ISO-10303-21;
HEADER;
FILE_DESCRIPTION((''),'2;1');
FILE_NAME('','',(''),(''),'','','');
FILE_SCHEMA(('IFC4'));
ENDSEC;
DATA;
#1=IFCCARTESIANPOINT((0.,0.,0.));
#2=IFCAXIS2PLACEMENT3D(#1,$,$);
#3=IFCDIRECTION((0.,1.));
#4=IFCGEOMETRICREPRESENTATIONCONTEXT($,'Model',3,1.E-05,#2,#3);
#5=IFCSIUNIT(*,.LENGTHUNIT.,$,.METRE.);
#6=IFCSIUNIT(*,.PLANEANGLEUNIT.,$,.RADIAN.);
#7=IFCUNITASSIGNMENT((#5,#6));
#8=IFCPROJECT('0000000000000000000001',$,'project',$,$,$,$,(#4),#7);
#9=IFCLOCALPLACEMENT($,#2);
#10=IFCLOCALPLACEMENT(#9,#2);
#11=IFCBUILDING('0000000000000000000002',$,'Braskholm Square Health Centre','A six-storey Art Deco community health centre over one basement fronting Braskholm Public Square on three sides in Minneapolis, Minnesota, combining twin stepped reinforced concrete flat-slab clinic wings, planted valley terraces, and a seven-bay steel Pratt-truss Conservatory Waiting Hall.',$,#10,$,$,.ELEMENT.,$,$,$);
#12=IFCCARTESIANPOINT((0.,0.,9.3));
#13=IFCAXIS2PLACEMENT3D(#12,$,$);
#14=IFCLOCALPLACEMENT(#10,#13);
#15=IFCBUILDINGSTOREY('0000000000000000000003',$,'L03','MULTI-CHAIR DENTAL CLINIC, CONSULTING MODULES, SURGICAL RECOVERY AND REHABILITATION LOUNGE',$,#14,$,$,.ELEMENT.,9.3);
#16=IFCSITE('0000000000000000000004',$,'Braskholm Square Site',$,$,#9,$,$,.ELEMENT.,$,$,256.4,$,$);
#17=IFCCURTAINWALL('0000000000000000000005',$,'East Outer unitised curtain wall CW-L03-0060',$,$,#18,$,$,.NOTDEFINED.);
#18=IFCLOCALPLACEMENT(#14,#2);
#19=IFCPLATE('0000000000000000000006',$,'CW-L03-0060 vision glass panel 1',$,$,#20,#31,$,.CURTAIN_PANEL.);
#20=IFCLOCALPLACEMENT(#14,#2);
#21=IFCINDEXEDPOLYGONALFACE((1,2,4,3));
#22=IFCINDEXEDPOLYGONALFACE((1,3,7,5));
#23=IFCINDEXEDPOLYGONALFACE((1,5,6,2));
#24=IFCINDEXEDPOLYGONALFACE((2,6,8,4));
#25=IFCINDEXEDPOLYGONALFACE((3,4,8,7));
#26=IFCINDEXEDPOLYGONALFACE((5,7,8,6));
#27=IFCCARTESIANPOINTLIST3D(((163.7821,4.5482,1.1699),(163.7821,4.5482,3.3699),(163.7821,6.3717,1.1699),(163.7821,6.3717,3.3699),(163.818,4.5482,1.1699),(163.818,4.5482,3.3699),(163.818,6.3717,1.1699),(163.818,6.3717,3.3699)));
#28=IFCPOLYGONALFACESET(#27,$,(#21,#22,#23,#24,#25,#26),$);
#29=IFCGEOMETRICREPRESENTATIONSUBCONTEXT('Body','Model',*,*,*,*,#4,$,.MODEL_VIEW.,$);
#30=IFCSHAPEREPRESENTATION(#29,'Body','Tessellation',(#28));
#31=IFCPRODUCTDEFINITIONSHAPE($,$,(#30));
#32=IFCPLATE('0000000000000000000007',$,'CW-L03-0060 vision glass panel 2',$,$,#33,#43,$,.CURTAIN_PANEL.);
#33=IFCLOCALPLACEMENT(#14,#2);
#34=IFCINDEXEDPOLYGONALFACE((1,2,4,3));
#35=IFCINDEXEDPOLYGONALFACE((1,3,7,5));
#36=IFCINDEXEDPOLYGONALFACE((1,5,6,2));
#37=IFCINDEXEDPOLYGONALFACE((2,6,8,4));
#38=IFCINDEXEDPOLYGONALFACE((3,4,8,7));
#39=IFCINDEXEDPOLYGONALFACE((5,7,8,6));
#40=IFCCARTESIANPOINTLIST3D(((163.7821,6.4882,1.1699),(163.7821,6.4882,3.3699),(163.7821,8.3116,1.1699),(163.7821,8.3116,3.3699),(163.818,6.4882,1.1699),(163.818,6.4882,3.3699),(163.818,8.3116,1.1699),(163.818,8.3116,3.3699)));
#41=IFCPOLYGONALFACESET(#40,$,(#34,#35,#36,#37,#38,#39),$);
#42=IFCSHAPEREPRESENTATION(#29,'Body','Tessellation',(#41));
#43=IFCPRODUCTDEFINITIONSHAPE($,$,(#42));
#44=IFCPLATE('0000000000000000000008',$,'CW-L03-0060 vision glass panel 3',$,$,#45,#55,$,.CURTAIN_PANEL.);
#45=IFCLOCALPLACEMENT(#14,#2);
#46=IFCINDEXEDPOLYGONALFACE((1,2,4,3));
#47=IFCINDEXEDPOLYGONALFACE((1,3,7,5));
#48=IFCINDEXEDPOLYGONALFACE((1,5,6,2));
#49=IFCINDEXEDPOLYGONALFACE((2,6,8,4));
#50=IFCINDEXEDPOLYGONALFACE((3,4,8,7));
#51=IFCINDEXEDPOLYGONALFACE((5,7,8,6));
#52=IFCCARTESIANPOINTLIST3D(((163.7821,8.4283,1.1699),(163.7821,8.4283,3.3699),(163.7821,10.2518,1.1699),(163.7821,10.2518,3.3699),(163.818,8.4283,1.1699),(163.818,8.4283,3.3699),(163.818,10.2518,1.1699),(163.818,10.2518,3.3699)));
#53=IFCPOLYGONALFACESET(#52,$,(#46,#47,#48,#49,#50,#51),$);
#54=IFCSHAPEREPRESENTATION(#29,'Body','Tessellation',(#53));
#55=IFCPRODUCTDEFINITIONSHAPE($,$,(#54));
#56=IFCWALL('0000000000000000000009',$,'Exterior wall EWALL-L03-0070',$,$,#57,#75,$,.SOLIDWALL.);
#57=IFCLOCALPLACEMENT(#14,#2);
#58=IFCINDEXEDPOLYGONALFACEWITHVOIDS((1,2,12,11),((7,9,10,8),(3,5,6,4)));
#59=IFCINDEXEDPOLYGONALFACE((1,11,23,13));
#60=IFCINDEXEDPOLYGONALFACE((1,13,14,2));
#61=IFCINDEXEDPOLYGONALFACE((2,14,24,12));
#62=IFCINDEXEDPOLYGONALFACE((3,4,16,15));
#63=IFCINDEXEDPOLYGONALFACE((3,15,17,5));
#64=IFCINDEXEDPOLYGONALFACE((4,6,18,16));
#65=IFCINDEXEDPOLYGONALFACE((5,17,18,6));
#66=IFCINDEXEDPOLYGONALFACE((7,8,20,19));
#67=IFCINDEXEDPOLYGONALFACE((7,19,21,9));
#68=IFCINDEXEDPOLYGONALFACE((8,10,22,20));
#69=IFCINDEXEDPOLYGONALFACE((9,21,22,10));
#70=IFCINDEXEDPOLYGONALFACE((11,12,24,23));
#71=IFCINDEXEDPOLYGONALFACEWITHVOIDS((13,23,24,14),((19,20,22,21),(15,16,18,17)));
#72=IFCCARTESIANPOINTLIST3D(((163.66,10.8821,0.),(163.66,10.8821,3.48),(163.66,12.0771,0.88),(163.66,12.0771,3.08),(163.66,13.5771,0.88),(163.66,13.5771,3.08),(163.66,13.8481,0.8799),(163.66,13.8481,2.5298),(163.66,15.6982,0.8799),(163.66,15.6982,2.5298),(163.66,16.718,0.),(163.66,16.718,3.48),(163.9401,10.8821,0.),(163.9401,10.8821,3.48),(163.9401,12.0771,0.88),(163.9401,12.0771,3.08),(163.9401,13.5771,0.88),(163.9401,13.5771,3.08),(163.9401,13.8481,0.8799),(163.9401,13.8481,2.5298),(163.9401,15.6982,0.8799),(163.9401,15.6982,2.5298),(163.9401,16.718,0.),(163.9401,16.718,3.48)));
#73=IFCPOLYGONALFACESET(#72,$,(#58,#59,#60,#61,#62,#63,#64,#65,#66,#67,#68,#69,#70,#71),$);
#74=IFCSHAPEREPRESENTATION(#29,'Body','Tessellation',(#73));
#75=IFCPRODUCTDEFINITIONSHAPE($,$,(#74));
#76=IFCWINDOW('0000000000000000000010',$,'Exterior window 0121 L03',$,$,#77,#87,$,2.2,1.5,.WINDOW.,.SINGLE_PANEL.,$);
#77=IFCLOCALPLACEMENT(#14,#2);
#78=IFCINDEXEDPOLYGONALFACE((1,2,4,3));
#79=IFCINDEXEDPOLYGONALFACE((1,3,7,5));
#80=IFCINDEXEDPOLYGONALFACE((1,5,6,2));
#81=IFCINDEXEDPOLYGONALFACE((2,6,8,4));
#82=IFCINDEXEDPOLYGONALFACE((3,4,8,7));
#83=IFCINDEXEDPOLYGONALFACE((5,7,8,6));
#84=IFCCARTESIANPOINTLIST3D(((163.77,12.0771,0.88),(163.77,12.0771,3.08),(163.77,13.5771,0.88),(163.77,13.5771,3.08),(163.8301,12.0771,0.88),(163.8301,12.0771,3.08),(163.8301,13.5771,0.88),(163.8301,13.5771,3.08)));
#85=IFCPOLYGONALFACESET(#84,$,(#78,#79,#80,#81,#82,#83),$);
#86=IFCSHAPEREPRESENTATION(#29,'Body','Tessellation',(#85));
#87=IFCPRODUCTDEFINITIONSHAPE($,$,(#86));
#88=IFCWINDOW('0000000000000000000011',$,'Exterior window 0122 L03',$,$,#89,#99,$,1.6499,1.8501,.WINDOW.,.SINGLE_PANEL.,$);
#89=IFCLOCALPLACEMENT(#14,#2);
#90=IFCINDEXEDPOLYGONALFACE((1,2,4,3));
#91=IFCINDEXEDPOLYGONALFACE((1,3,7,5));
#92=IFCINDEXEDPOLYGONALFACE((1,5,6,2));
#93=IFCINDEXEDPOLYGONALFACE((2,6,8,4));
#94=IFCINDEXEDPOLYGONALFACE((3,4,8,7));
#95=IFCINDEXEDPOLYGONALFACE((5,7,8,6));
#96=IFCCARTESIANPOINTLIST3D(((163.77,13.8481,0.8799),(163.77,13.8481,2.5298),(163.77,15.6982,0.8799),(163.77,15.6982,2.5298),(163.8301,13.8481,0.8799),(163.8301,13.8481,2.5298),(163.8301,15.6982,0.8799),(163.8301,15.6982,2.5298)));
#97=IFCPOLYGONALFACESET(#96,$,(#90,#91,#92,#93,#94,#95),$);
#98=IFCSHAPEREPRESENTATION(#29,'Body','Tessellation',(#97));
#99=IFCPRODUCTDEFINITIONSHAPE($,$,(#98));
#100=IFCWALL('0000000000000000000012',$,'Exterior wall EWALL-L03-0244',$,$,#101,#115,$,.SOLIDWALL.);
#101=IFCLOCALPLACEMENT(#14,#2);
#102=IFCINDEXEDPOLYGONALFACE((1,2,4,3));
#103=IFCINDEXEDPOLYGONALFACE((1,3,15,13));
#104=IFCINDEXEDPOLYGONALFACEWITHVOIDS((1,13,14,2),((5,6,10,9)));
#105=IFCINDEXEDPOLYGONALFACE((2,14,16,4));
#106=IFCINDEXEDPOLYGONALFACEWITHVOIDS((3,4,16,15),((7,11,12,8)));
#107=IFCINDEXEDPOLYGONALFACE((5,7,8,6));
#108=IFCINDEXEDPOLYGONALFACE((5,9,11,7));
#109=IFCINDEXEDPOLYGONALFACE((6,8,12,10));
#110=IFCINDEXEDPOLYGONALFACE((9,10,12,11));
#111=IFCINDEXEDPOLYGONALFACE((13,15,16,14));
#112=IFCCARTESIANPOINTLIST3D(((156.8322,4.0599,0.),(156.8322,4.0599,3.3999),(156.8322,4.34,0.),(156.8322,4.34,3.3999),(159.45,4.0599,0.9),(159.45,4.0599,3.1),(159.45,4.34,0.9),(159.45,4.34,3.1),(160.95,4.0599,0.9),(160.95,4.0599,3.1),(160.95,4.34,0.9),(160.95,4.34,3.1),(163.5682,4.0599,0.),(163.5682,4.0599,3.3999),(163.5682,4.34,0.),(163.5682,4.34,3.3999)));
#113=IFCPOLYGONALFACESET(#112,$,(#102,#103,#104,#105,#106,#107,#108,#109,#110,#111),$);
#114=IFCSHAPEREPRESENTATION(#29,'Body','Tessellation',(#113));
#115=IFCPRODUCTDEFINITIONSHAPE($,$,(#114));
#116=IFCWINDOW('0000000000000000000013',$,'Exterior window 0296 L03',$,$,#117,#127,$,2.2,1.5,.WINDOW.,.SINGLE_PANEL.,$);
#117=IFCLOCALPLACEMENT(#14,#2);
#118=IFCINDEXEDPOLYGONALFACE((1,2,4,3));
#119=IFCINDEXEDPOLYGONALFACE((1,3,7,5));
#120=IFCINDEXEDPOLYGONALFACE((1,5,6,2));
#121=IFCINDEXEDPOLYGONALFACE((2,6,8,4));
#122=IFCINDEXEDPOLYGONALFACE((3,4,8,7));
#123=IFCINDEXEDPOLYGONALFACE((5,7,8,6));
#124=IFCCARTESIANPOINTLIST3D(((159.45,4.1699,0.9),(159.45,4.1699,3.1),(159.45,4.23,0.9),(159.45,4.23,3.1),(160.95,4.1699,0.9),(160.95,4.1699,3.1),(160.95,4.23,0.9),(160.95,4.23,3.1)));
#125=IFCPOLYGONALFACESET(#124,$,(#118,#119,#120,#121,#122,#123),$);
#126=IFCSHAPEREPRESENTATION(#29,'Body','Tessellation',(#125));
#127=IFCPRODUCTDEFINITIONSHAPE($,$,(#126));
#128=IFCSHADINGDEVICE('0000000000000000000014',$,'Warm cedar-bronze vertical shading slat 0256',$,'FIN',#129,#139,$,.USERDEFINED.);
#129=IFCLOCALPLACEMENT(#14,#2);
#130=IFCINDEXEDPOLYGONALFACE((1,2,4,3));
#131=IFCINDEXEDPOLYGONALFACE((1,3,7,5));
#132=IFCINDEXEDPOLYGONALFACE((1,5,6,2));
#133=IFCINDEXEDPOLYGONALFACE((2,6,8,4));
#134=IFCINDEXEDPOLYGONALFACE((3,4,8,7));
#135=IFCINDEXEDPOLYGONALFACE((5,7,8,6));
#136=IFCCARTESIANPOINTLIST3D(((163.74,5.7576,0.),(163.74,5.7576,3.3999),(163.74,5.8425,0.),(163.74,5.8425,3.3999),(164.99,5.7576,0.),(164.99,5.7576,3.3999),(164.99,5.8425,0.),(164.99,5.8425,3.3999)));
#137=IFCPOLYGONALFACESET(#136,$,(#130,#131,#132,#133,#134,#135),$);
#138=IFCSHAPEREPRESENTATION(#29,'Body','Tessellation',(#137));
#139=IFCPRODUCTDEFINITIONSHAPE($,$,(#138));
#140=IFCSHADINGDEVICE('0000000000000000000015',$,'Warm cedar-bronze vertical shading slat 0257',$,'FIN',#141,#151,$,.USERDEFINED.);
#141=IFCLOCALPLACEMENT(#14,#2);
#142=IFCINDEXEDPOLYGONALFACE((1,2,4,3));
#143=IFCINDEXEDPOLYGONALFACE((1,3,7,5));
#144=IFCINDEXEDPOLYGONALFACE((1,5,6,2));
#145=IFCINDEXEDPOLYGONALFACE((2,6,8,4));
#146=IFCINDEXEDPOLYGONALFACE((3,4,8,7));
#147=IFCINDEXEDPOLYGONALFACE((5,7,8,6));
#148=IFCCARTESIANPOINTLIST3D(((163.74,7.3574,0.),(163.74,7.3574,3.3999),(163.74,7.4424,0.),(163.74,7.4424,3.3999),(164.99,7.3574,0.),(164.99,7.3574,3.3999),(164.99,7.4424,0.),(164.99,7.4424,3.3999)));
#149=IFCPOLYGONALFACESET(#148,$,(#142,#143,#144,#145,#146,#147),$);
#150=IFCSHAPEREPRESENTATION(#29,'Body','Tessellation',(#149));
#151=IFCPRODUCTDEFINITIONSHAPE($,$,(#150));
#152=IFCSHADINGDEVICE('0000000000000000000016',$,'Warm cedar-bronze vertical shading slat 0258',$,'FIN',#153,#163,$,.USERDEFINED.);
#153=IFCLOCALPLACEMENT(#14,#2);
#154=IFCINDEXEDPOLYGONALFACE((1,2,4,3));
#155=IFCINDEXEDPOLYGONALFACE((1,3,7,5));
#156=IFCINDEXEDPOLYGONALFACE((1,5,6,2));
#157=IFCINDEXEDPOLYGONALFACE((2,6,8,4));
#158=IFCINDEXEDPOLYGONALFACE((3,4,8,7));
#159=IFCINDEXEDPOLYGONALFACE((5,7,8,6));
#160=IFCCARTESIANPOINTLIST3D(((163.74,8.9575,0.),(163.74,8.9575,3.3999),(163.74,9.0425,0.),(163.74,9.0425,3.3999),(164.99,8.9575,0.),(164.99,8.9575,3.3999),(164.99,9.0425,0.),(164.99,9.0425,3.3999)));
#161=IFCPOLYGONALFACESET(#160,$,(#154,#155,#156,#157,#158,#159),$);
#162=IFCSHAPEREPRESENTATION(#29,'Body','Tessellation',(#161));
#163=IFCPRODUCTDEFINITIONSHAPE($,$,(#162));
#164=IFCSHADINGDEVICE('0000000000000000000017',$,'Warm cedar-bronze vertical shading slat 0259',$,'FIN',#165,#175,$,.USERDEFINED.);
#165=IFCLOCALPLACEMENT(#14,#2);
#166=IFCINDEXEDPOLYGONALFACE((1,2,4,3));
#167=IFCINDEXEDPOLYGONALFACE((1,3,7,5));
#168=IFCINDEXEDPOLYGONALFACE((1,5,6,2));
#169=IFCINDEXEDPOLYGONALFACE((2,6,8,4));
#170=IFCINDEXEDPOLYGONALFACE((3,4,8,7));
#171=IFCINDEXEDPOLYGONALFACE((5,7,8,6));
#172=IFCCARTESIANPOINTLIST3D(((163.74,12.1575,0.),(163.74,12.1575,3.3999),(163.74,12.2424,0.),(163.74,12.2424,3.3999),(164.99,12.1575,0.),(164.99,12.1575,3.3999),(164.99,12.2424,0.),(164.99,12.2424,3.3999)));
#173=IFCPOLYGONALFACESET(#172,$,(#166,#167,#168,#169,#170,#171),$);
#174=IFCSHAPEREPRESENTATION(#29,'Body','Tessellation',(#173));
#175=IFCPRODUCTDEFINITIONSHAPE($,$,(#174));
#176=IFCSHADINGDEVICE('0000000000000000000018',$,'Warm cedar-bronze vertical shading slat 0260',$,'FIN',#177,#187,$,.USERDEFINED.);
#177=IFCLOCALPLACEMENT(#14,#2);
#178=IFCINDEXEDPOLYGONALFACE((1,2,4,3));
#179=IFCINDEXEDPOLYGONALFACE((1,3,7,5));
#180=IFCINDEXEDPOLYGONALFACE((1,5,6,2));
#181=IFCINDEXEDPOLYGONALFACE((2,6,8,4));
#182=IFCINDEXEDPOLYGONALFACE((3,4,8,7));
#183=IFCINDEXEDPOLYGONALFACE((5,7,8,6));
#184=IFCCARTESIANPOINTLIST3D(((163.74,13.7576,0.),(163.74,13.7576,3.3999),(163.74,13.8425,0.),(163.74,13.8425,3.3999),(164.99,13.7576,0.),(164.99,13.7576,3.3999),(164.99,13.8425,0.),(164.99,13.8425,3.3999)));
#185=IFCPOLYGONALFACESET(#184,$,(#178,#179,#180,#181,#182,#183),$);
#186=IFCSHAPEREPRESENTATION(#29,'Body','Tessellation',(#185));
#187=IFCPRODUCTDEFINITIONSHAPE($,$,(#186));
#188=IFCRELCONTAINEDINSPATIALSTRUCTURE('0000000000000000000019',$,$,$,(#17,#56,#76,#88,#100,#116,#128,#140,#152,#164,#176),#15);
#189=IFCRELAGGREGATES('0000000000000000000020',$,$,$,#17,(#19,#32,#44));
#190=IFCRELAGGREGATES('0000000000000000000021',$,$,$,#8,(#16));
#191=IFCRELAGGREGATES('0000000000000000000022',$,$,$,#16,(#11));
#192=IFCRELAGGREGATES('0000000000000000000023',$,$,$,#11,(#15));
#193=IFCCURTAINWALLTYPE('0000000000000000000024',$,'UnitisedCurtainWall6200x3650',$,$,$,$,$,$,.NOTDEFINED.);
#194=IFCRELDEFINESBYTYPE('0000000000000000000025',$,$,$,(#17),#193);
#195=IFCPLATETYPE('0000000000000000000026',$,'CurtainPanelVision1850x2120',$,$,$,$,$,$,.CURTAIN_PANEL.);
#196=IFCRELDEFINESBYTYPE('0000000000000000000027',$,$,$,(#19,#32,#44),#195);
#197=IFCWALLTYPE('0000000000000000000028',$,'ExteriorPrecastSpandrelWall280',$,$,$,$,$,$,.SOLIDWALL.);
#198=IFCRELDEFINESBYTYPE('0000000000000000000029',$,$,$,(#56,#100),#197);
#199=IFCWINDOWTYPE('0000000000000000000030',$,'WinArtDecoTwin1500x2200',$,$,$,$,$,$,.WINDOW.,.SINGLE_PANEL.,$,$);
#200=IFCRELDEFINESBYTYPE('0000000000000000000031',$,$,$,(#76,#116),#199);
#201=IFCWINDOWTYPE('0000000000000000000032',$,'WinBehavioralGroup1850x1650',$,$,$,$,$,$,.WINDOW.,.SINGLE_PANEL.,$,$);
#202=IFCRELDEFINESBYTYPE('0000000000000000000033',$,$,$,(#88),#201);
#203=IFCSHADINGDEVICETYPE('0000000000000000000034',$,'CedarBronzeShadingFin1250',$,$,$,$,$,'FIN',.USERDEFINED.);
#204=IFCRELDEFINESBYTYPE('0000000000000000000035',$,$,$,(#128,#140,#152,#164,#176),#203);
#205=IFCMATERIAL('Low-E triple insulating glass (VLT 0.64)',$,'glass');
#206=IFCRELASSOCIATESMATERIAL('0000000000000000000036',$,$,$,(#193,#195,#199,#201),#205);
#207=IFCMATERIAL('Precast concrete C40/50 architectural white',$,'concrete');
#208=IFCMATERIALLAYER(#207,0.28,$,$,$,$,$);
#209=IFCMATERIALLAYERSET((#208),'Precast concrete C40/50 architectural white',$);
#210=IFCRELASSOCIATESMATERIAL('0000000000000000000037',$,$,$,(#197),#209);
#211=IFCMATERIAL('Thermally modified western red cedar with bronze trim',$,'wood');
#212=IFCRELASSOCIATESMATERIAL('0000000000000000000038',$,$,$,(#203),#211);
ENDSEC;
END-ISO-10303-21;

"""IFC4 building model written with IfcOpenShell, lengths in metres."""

from ifc_helpers import new_model, si_unit, direction, frame, frame_2d, origin, origin_with_axes, origin_2d, place, context, subcontext, project, spatial, rectangle, extrude, material, layer, layer_set, type_object, element, fill, aggregate, save


model = new_model("IFC4")

# Units and contexts
model_context = context("Model", 3, precision=1e-05, world=origin(), true_north=direction((0.0, 1.0)))
body_context = subcontext(model_context, "Body", "Model", "MODEL_VIEW")
ifc_project = project(units=[si_unit("LENGTHUNIT", "METRE"), si_unit("PLANEANGLEUNIT", "RADIAN")], contexts=[model_context])

# Site, building, storey
site_placement = place(None, origin())
site = spatial("IfcSite", under=ifc_project, at=site_placement, Name="Braskholm Square Site", CompositionType="ELEMENT", RefElevation=256.4)
building_placement = place(site_placement, origin())
building = spatial("IfcBuilding", under=site, at=building_placement, Name="Braskholm Square Health Centre", Description="A six-storey Art Deco community health centre over one basement fronting Braskholm Public Square on three sides in Minneapolis, Minnesota, combining twin stepped reinforced concrete flat-slab clinic wings, planted valley terraces, and a seven-bay steel Pratt-truss Conservatory Waiting Hall.", CompositionType="ELEMENT")
storey_placement = place(building_placement, frame((0.0, 0.0, 9.3)))
storey = spatial("IfcBuildingStorey", under=building, at=storey_placement, Name="L03", Description="MULTI-CHAIR DENTAL CLINIC, CONSULTING MODULES, SURGICAL RECOVERY AND REHABILITATION LOUNGE", CompositionType="ELEMENT", Elevation=9.3)

# Shared definitions
ifc_material_1 = material(Name="Precast concrete C40/50 architectural white", Category="concrete")

# Curtain wall
ifc_material_2 = material(Name="Low-E triple insulating glass (VLT 0.64)", Category="glass")
curtain_wall_type = type_object("IfcCurtainWallType", Name="UnitisedCurtainWall6200x3650", PredefinedType="NOTDEFINED", material=ifc_material_2)
curtain_wall_placement = place(storey_placement, origin())
curtain_wall = element("IfcCurtainWall", 1, at=curtain_wall_placement, inside=storey, type_object=curtain_wall_type, Name="East Outer unitised curtain wall CW-L03-0060", PredefinedType="NOTDEFINED")

# Plates
plate_type_1 = type_object("IfcPlateType", Name="CurtainPanelVision1850x2120", PredefinedType="CURTAIN_PANEL", material=ifc_material_2)
plate_1_placement = place(storey_placement, frame((163.8, 5.46, 1.1699), z_axis=(0.0, 0.0, 1.0), x_axis=(0.0, 1.0, 0.0)))
plate_1 = element("IfcPlate", 2, at=plate_1_placement, type_object=plate_type_1, Name="CW-L03-0060 vision glass panel 1", PredefinedType="CURTAIN_PANEL", context=body_context, shape_type="SweptSolid", body=[
    extrude(rectangle(XDim=1.8235, YDim=0.0359, at=origin_2d()), origin(), (0.0, 0.0, 1.0), 2.2),
])
plate_2_placement = place(storey_placement, frame((163.8, 7.3999, 1.1699), z_axis=(0.0, 0.0, 1.0), x_axis=(0.0, 1.0, 0.0)))
plate_2 = element("IfcPlate", 3, at=plate_2_placement, type_object=plate_type_1, Name="CW-L03-0060 vision glass panel 2", PredefinedType="CURTAIN_PANEL", context=body_context, shape_type="SweptSolid", body=[
    extrude(rectangle(XDim=1.8235, YDim=0.0359, at=origin_2d()), origin(), (0.0, 0.0, 1.0), 2.2),
])
plate_3_placement = place(storey_placement, frame((163.8, 9.3401, 1.1699), z_axis=(0.0, 0.0, 1.0), x_axis=(0.0, 1.0, 0.0)))
plate_3 = element("IfcPlate", 4, at=plate_3_placement, type_object=plate_type_1, Name="CW-L03-0060 vision glass panel 3", PredefinedType="CURTAIN_PANEL", context=body_context, shape_type="SweptSolid", body=[
    extrude(rectangle(XDim=1.8235, YDim=0.0359, at=origin_2d()), origin(), (0.0, 0.0, 1.0), 2.2),
])
aggregate(curtain_wall, [plate_1, plate_2, plate_3])

# Wall, openings, windows
ifc_layer_1 = layer(ifc_material_1, 0.28)
ifc_layer_set_1 = layer_set([ifc_layer_1], Name="Precast concrete C40/50 architectural white")
wall_type = type_object("IfcWallType", Name="ExteriorPrecastSpandrelWall280", PredefinedType="SOLIDWALL", material=ifc_layer_set_1)
wall_1_placement = place(storey_placement, frame((163.8, 10.8821, 0.0), z_axis=(0.0, 0.0, 1.0), x_axis=(0.0, 1.0, 0.0)))
wall_1 = element("IfcWall", 5, at=wall_1_placement, inside=storey, type_object=wall_type, Name="Exterior wall EWALL-L03-0070", PredefinedType="SOLIDWALL", context=body_context, shape_type="SweptSolid", body=[
    extrude(rectangle(XDim=5.8359, YDim=0.28, at=frame_2d((2.918, 0.0))), origin(), (0.0, 0.0, 1.0), 3.48),
])
opening_1_placement = place(wall_1_placement, frame((1.1951, 0.0, 0.8799)))
opening_1 = element("IfcOpeningElement", 6, at=opening_1_placement, cuts=wall_1, PredefinedType="OPENING", context=body_context, shape_type="SweptSolid", body=[
    extrude(rectangle(XDim=1.5, YDim=2.2, at=frame_2d((0.75, 1.1001))), frame((0.0, 0.1499, 0.0), z_axis=(0.0, -1.0, 0.0), x_axis=(1.0, 0.0, 0.0)), (0.0, 0.0, 1.0), 0.3),
])
opening_2_placement = place(wall_1_placement, frame((2.9661, 0.0, 0.8799)))
opening_2 = element("IfcOpeningElement", 7, at=opening_2_placement, cuts=wall_1, PredefinedType="OPENING", context=body_context, shape_type="SweptSolid", body=[
    extrude(rectangle(XDim=1.8501, YDim=1.6499, at=frame_2d((0.925, 0.825))), frame((0.0, 0.1499, 0.0), z_axis=(0.0, -1.0, 0.0), x_axis=(1.0, 0.0, 0.0)), (0.0, 0.0, 1.0), 0.3),
])
window_type_1 = type_object("IfcWindowType", Name="WinArtDecoTwin1500x2200", PartitioningType="SINGLE_PANEL", PredefinedType="WINDOW", material=ifc_material_2)
window_1_placement = place(opening_1_placement, origin_with_axes())
window_1 = element("IfcWindow", 8, at=window_1_placement, inside=storey, type_object=window_type_1, Name="Exterior window 0121 L03", OverallHeight=2.2, OverallWidth=1.5, PartitioningType="SINGLE_PANEL", PredefinedType="WINDOW", context=body_context, shape_type="SweptSolid", body=[
    extrude(rectangle(XDim=1.5, YDim=2.2, at=frame_2d((0.75, 1.1001))), frame((0.0, 0.03, 0.0), z_axis=(0.0, -1.0, 0.0), x_axis=(1.0, 0.0, 0.0)), (0.0, 0.0, 1.0), 0.0601),
])
fill(opening_1, window_1)
window_type_2 = type_object("IfcWindowType", Name="WinBehavioralGroup1850x1650", PartitioningType="SINGLE_PANEL", PredefinedType="WINDOW", material=ifc_material_2)
window_2_placement = place(opening_2_placement, origin_with_axes())
window_2 = element("IfcWindow", 9, at=window_2_placement, inside=storey, type_object=window_type_2, Name="Exterior window 0122 L03", OverallHeight=1.6499, OverallWidth=1.8501, PartitioningType="SINGLE_PANEL", PredefinedType="WINDOW", context=body_context, shape_type="SweptSolid", body=[
    extrude(rectangle(XDim=1.8501, YDim=1.6499, at=frame_2d((0.925, 0.825))), frame((0.0, 0.03, 0.0), z_axis=(0.0, -1.0, 0.0), x_axis=(1.0, 0.0, 0.0)), (0.0, 0.0, 1.0), 0.0601),
])
fill(opening_2, window_2)

# Wall, opening, window
wall_2_placement = place(storey_placement, frame((156.832, 4.2, 0.0), z_axis=(0.0, 0.0, 1.0), x_axis=(1.0, 0.0, 0.0)))
wall_2 = element("IfcWall", 10, at=wall_2_placement, inside=storey, type_object=wall_type, Name="Exterior wall EWALL-L03-0244", PredefinedType="SOLIDWALL", context=body_context, shape_type="SweptSolid", body=[
    extrude(rectangle(XDim=6.7361, YDim=0.28, at=frame_2d((3.3682, 0.0))), origin(), (0.0, 0.0, 1.0), 3.3999),
])
opening_3_placement = place(wall_2_placement, frame((2.6179, 0.0, 0.8999)))
opening_3 = element("IfcOpeningElement", 11, at=opening_3_placement, cuts=wall_2, PredefinedType="OPENING", context=body_context, shape_type="SweptSolid", body=[
    extrude(rectangle(XDim=1.5, YDim=2.2, at=frame_2d((0.75, 1.1001))), frame((0.0, 0.1499, 0.0), z_axis=(0.0, -1.0, 0.0), x_axis=(1.0, 0.0, 0.0)), (0.0, 0.0, 1.0), 0.3),
])
window_3_placement = place(opening_3_placement, origin_with_axes())
window_3 = element("IfcWindow", 12, at=window_3_placement, inside=storey, type_object=window_type_1, Name="Exterior window 0296 L03", OverallHeight=2.2, OverallWidth=1.5, PartitioningType="SINGLE_PANEL", PredefinedType="WINDOW", context=body_context, shape_type="SweptSolid", body=[
    extrude(rectangle(XDim=1.5, YDim=2.2, at=frame_2d((0.75, 1.1001))), frame((0.0, 0.03, 0.0), z_axis=(0.0, -1.0, 0.0), x_axis=(1.0, 0.0, 0.0)), (0.0, 0.0, 1.0), 0.0601),
])
fill(opening_3, window_3)

# Shading devices
ifc_material_3 = material(Name="Thermally modified western red cedar with bronze trim", Category="wood")
shading_device_type = type_object("IfcShadingDeviceType", Name="CedarBronzeShadingFin1250", ElementType="FIN", PredefinedType="USERDEFINED", material=ifc_material_3)
for number, where, z_axis, x_axis, name in (
    (13, (164.365, 5.8, 0.0), (0.0, 0.0, 1.0), (1.0, 0.0, 0.0), "Warm cedar-bronze vertical shading slat 0256"),
    (14, (164.365, 7.3999, 0.0), (0.0, 0.0, 1.0), (1.0, 0.0, 0.0), "Warm cedar-bronze vertical shading slat 0257"),
    (15, (164.365, 9.0, 0.0), (0.0, 0.0, 1.0), (1.0, 0.0, 0.0), "Warm cedar-bronze vertical shading slat 0258"),
    (16, (164.365, 12.2, 0.0), (0.0, 0.0, 1.0), (1.0, 0.0, 0.0), "Warm cedar-bronze vertical shading slat 0259"),
    (17, (164.365, 13.8, 0.0), (0.0, 0.0, 1.0), (1.0, 0.0, 0.0), "Warm cedar-bronze vertical shading slat 0260"),
):
    element("IfcShadingDevice", number, at=place(storey_placement, frame(where, z_axis=z_axis, x_axis=x_axis)), inside=storey, type_object=shading_device_type, Name=name, ObjectType="FIN", PredefinedType="USERDEFINED", context=body_context, shape_type="SweptSolid", body=[
        extrude(rectangle(XDim=1.25, YDim=0.085, at=origin_2d()), origin(), (0.0, 0.0, 1.0), 3.3999),
    ])

save(model, "model.ifc")
